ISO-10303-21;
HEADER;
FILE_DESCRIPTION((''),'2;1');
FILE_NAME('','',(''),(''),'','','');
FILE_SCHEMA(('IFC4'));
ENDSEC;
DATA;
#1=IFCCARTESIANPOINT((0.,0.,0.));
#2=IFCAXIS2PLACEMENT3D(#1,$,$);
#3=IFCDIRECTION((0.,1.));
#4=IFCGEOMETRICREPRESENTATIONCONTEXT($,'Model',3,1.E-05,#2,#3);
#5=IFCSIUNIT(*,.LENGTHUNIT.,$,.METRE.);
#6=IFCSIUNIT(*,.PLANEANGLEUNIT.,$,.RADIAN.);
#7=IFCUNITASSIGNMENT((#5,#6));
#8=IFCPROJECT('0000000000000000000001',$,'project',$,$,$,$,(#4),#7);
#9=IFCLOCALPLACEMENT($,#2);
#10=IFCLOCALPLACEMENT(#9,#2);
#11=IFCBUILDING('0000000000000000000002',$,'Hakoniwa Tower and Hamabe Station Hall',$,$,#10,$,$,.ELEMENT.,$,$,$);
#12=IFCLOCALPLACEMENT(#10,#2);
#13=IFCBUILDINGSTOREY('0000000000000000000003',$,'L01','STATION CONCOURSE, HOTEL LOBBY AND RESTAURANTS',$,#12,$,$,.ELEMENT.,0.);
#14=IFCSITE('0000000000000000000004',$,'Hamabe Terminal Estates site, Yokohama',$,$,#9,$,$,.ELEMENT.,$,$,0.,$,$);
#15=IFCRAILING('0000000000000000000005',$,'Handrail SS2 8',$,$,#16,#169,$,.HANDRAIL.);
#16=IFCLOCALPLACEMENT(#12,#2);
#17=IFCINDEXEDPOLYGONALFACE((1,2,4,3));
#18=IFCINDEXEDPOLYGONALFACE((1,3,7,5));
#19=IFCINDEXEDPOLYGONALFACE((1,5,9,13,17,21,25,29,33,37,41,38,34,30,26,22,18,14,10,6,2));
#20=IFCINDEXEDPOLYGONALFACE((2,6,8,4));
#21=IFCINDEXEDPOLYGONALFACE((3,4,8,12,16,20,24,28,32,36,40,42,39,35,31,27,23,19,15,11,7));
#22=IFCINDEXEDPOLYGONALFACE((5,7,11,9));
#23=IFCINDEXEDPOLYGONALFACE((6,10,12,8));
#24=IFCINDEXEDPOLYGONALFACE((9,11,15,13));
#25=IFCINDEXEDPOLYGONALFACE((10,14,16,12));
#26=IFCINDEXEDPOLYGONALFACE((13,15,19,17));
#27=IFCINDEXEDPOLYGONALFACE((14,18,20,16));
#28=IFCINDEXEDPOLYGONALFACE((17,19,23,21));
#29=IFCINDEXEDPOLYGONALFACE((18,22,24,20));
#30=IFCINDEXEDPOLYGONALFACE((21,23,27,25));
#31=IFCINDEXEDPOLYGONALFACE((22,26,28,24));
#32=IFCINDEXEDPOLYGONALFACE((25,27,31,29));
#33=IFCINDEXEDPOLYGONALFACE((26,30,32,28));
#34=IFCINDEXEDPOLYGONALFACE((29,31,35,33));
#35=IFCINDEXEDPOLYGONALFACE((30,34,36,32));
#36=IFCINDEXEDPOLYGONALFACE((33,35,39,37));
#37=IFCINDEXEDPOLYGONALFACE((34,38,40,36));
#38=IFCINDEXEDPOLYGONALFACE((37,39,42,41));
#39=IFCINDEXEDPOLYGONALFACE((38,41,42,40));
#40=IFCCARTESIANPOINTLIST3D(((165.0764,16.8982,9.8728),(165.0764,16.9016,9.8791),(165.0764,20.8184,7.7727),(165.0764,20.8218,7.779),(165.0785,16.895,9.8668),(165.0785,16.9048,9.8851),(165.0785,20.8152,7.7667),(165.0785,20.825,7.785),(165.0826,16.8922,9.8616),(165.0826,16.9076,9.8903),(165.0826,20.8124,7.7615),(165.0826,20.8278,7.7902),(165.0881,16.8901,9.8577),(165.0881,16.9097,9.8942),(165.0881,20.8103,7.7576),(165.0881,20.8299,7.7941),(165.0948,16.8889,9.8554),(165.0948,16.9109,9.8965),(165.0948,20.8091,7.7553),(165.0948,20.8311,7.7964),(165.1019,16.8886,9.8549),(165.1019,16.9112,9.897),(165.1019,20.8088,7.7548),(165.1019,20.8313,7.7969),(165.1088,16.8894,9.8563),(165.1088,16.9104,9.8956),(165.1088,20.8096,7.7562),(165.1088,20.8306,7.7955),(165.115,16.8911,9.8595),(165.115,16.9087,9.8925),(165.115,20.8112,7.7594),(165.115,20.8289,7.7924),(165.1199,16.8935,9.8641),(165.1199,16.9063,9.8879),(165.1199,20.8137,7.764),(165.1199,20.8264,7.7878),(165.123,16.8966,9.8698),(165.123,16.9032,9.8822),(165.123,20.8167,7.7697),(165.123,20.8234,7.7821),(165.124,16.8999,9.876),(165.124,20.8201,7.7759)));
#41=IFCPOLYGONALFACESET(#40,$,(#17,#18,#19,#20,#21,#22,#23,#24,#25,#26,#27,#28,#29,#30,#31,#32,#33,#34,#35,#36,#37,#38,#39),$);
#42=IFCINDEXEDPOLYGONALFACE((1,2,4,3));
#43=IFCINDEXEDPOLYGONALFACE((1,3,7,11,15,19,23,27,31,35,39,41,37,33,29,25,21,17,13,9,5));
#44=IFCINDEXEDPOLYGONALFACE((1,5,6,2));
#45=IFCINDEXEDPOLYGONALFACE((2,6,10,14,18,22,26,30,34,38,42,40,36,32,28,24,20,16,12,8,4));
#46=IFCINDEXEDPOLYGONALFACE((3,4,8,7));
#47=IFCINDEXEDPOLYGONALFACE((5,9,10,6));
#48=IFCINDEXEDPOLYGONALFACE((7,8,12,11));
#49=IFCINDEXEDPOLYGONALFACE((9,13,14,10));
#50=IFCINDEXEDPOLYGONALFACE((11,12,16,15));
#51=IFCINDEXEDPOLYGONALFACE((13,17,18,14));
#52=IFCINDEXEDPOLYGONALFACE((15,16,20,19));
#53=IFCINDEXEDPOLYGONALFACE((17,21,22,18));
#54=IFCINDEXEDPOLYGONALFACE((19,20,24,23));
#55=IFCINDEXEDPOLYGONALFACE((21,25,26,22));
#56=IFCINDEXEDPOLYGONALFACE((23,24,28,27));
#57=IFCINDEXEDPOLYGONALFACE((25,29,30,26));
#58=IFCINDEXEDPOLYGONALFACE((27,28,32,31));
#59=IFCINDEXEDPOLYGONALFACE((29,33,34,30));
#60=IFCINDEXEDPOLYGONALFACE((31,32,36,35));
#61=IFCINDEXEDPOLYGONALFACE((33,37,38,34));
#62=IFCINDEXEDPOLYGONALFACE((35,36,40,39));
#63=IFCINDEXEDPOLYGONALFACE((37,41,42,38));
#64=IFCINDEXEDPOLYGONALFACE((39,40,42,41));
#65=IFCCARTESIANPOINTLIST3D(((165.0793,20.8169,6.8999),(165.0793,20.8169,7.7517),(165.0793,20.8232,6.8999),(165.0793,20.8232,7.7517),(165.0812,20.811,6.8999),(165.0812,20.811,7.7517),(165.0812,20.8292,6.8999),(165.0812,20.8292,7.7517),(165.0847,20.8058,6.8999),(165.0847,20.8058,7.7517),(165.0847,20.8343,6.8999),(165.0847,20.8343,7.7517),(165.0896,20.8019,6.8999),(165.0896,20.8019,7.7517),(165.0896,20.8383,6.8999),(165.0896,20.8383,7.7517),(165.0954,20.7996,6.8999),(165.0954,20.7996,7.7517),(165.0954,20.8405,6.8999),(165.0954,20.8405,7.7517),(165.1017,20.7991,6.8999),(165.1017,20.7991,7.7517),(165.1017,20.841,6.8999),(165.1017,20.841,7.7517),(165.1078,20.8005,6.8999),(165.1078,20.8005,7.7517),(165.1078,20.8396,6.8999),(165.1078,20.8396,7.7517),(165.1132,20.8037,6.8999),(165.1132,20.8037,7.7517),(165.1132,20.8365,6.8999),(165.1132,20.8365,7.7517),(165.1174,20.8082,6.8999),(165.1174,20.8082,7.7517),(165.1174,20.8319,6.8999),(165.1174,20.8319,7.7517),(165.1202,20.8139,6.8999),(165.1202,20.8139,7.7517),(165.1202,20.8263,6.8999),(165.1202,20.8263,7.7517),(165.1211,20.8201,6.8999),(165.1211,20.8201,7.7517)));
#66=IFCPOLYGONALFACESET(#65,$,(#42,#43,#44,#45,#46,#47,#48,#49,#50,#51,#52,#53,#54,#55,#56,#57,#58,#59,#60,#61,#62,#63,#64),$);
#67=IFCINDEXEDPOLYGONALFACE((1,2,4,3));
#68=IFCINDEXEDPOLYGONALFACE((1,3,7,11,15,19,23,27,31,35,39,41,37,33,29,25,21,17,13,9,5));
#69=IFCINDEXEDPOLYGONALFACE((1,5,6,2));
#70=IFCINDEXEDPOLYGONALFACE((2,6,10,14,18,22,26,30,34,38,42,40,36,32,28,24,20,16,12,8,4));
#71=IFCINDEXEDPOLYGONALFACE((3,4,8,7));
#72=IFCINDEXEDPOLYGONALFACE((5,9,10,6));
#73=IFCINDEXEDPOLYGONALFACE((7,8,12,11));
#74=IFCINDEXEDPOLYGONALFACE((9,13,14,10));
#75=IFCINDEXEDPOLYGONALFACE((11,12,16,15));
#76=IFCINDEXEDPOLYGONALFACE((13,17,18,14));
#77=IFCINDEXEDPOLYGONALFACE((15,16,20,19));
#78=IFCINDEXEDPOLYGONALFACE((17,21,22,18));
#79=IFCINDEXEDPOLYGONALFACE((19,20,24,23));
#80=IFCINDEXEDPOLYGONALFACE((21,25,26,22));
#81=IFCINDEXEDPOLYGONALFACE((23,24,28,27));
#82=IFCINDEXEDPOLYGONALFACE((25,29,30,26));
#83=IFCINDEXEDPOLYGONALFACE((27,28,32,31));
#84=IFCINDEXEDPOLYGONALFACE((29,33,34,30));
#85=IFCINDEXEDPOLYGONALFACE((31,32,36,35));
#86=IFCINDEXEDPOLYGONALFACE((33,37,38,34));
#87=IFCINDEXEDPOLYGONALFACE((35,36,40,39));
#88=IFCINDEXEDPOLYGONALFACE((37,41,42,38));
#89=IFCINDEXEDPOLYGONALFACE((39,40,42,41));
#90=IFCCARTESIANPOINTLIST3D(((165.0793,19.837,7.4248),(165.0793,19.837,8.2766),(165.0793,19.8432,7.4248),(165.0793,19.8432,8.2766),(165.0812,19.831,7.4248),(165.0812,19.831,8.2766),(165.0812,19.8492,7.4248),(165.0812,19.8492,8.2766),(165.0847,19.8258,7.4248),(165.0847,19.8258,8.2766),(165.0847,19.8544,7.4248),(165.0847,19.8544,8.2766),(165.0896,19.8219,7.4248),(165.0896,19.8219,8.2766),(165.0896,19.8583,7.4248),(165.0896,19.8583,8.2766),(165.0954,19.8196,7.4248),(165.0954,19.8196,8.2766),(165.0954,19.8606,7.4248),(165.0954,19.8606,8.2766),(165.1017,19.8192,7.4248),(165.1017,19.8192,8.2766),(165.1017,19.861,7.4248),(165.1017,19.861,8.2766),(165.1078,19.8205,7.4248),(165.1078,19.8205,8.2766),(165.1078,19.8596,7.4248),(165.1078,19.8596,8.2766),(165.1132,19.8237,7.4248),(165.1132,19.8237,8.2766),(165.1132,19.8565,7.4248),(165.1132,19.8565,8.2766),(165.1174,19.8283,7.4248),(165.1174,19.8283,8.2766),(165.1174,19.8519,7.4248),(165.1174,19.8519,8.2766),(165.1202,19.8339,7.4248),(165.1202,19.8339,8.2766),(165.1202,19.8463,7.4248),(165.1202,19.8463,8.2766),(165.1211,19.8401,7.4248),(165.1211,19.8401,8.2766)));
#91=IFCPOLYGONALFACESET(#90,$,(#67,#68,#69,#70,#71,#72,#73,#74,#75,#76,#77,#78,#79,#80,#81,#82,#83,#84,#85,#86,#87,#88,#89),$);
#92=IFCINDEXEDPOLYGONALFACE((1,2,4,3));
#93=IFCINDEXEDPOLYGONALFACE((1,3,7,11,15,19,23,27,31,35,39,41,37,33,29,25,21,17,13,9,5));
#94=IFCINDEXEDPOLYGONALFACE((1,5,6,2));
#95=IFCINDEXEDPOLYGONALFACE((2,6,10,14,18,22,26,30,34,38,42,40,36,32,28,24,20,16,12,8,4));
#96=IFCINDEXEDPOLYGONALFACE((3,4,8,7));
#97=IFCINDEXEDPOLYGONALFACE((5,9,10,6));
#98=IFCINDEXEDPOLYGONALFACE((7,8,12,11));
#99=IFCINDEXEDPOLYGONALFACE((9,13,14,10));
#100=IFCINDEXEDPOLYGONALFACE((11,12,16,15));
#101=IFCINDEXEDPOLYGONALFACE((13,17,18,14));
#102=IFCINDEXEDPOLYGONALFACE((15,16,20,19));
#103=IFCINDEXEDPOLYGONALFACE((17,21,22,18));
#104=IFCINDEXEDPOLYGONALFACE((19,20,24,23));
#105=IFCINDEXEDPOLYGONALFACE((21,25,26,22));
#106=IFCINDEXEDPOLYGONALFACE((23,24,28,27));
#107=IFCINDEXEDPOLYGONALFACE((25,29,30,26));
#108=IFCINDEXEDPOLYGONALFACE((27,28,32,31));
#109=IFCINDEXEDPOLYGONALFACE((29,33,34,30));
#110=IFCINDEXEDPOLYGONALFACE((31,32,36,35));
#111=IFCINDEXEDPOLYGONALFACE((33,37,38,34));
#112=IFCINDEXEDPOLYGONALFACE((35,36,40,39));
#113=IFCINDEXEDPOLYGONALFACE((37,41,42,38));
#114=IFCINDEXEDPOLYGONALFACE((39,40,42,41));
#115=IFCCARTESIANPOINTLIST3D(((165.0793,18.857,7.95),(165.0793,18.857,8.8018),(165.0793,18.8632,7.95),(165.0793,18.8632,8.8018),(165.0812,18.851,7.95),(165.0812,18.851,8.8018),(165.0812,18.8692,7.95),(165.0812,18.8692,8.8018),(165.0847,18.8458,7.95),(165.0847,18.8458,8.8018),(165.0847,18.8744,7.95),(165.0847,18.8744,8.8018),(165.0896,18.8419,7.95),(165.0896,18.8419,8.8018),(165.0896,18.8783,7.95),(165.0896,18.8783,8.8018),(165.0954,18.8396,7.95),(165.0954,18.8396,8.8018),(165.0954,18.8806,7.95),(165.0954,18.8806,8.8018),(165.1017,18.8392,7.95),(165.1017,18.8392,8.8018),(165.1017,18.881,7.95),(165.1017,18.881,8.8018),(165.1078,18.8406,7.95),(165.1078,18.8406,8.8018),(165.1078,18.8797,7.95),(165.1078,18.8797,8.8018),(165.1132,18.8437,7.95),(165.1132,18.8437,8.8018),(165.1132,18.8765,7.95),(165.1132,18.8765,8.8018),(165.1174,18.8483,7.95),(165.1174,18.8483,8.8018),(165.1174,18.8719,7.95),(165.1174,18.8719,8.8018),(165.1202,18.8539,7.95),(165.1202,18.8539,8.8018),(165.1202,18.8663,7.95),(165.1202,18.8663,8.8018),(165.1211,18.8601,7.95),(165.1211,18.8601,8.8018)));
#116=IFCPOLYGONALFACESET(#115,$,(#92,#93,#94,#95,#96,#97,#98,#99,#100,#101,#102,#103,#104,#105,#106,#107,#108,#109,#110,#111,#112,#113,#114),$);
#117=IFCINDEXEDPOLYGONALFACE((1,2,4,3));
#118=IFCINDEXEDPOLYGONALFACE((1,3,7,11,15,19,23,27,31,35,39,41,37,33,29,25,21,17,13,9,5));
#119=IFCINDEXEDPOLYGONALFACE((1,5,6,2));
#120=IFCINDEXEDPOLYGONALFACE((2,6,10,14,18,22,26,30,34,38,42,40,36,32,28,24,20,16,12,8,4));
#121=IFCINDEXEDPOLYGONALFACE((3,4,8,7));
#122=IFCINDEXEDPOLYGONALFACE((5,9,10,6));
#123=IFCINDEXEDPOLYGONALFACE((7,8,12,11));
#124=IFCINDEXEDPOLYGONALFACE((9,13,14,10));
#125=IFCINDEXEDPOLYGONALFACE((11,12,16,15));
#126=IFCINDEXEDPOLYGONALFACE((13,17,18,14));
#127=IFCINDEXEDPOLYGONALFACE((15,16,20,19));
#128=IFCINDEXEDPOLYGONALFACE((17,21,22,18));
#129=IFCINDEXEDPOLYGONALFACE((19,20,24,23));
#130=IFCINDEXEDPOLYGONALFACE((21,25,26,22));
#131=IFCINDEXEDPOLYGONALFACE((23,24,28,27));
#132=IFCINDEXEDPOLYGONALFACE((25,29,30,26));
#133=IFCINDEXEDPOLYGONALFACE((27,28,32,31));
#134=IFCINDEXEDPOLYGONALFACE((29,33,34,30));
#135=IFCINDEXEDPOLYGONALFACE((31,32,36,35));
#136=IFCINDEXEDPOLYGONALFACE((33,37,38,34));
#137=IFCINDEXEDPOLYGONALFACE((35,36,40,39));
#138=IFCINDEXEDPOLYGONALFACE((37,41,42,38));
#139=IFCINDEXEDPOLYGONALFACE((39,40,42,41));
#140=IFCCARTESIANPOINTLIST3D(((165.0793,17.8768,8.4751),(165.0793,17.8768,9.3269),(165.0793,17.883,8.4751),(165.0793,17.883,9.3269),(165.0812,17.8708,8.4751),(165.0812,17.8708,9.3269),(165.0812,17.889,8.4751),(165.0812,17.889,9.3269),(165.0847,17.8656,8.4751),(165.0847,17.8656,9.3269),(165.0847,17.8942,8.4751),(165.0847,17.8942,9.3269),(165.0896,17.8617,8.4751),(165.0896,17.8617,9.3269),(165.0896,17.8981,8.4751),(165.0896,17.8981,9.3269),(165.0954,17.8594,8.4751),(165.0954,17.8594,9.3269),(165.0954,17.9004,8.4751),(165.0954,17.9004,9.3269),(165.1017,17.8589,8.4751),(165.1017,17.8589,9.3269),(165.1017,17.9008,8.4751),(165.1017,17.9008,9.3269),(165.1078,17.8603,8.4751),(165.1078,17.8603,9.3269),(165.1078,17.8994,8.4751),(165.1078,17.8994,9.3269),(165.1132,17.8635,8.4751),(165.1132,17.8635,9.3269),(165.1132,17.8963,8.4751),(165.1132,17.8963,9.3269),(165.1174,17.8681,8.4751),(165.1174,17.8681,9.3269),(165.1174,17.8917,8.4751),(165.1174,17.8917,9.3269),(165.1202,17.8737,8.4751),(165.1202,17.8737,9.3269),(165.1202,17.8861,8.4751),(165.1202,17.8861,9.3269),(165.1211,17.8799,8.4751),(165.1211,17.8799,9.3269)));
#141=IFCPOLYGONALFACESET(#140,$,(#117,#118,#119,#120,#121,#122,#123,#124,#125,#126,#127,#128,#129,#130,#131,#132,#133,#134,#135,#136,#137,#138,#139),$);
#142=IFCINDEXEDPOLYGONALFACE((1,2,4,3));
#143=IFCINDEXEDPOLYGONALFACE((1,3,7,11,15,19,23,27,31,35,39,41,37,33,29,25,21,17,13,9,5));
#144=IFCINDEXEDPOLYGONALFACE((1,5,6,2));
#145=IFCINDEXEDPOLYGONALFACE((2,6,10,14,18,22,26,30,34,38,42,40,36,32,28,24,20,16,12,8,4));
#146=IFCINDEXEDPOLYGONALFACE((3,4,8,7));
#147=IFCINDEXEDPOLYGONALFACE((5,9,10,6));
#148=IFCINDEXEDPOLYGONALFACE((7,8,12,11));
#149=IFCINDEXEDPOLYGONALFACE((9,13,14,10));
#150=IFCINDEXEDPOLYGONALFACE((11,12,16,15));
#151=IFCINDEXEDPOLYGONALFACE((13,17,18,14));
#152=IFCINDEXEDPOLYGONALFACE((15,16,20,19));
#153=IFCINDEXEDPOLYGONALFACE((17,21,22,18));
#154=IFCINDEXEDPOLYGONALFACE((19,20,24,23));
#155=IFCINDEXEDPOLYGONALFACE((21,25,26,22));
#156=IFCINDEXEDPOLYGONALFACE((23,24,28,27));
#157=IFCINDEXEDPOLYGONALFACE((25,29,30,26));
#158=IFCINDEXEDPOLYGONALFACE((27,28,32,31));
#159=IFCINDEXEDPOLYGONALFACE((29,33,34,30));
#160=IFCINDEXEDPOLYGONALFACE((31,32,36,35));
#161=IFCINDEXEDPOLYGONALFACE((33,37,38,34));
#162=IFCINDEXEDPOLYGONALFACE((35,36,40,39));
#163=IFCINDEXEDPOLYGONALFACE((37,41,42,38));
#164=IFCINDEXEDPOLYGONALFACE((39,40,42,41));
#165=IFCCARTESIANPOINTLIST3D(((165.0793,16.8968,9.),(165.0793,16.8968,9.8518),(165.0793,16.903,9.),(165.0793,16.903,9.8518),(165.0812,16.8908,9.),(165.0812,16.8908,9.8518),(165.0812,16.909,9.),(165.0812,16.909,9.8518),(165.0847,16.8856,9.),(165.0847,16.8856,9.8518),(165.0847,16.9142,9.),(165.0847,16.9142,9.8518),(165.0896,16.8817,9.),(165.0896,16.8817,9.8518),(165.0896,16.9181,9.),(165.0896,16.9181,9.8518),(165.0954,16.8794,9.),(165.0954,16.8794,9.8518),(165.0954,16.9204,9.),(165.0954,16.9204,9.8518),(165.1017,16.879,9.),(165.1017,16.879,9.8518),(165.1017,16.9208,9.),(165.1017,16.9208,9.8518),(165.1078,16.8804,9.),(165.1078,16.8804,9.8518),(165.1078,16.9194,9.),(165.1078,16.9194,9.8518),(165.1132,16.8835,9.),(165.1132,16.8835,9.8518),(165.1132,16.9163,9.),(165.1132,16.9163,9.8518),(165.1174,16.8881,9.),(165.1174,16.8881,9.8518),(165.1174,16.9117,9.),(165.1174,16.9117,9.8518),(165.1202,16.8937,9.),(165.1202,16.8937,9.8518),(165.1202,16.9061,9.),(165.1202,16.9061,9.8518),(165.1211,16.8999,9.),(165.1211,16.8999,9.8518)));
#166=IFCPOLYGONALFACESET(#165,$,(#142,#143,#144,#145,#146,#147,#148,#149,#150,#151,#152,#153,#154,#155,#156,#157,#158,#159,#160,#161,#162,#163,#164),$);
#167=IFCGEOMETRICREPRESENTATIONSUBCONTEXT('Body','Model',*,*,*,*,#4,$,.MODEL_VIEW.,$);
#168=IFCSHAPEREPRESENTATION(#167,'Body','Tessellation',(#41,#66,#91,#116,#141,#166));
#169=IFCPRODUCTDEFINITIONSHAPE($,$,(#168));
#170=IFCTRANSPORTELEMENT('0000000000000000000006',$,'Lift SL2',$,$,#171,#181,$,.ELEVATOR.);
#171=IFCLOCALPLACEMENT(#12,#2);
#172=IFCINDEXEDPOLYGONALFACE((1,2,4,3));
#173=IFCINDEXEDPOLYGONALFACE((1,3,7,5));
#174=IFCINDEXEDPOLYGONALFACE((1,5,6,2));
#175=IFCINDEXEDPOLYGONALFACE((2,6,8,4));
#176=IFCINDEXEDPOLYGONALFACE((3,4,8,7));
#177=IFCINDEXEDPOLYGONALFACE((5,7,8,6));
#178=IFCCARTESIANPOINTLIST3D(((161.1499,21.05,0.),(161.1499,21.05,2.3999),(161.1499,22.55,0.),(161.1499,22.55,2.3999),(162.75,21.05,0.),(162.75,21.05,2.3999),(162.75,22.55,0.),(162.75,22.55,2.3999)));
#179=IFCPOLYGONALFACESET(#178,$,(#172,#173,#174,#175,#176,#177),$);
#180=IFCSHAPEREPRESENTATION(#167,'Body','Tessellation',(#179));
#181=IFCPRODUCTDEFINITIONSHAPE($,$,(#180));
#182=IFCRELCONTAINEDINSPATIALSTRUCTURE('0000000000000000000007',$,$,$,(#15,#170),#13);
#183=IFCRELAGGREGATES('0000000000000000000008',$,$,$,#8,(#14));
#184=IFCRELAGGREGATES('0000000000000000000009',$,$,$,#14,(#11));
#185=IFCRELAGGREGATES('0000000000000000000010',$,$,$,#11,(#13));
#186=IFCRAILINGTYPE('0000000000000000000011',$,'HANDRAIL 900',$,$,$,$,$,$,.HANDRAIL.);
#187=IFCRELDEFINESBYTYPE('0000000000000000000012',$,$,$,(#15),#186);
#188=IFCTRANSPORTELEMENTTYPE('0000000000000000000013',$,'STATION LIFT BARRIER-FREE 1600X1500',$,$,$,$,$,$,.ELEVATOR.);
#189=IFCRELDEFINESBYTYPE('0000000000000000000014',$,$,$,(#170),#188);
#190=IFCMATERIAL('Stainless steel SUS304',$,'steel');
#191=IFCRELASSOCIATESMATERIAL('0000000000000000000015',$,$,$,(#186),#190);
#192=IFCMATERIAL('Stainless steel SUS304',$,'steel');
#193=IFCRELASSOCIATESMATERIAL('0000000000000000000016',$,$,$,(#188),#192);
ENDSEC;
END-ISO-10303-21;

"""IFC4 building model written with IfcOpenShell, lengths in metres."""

from ifc_helpers import new_model, si_unit, direction, frame, origin, origin_2d, place, context, subcontext, project, spatial, rectangle, circle, extrude, material, type_object, element, save


model = new_model("IFC4")

# Units and contexts
model_context = context("Model", 3, precision=1e-05, world=origin(), true_north=direction((0.0, 1.0)))
body_context = subcontext(model_context, "Body", "Model", "MODEL_VIEW")
ifc_project = project(units=[si_unit("LENGTHUNIT", "METRE"), si_unit("PLANEANGLEUNIT", "RADIAN")], contexts=[model_context])

# Site, building, storey
site_placement = place(None, origin())
site = spatial("IfcSite", under=ifc_project, at=site_placement, Name="Hamabe Terminal Estates site, Yokohama", CompositionType="ELEMENT", RefElevation=0.0)
building_placement = place(site_placement, origin())
building = spatial("IfcBuilding", under=site, at=building_placement, Name="Hakoniwa Tower and Hamabe Station Hall", CompositionType="ELEMENT")
storey_placement = place(building_placement, origin())
storey = spatial("IfcBuildingStorey", under=building, at=storey_placement, Name="L01", Description="STATION CONCOURSE, HOTEL LOBBY AND RESTAURANTS", CompositionType="ELEMENT", Elevation=0.0)

# Railing
ifc_material_1 = material(Name="Stainless steel SUS304", Category="steel")
railing_type = type_object("IfcRailingType", Name="HANDRAIL 900", PredefinedType="HANDRAIL", material=ifc_material_1)
for number, where, name in (
    (1, (165.1001, 20.8201, 6.8999), "Handrail SS2 8"),
):
    element("IfcRailing", number, at=place(storey_placement, frame(where)), inside=storey, type_object=railing_type, Name=name, PredefinedType="HANDRAIL", context=body_context, shape_type="SweptSolid", body=[
        extrude(circle(Radius=0.0239, at=origin_2d()), frame((0.0, 0.0, 0.876), z_axis=(0.0, -0.881479, 0.472223), x_axis=(1.0, 0.0, 0.0)), (0.0, 0.0, 1.0), 4.4473),
        extrude(circle(Radius=0.021, at=origin_2d()), origin(), (0.0, 0.0, 1.0), 0.8518),
        extrude(circle(Radius=0.021, at=origin_2d()), frame((0.0, -0.98, 0.5249)), (0.0, 0.0, 1.0), 0.8518),
        extrude(circle(Radius=0.021, at=origin_2d()), frame((0.0, -1.96, 1.05)), (0.0, 0.0, 1.0), 0.8518),
        extrude(circle(Radius=0.021, at=origin_2d()), frame((0.0, -2.9402, 1.5752)), (0.0, 0.0, 1.0), 0.8518),
        extrude(circle(Radius=0.021, at=origin_2d()), frame((0.0, -3.9202, 2.1001)), (0.0, 0.0, 1.0), 0.8518),
    ])

# Transport element
ifc_material_2 = material(Name="Stainless steel SUS304", Category="steel")
transport_element_type = type_object("IfcTransportElementType", Name="STATION LIFT BARRIER-FREE 1600X1500", PredefinedType="ELEVATOR", material=ifc_material_2)
transport_element_placement = place(storey_placement, frame((161.95, 21.8, 0.0)))
element("IfcTransportElement", 2, at=transport_element_placement, inside=storey, type_object=transport_element_type, Name="Lift SL2", PredefinedType="ELEVATOR", context=body_context, shape_type="SweptSolid", body=[
    extrude(rectangle(XDim=1.6001, YDim=1.5, at=origin_2d()), origin(), (0.0, 0.0, 1.0), 2.3999),
])

save(model, "model.ifc")
